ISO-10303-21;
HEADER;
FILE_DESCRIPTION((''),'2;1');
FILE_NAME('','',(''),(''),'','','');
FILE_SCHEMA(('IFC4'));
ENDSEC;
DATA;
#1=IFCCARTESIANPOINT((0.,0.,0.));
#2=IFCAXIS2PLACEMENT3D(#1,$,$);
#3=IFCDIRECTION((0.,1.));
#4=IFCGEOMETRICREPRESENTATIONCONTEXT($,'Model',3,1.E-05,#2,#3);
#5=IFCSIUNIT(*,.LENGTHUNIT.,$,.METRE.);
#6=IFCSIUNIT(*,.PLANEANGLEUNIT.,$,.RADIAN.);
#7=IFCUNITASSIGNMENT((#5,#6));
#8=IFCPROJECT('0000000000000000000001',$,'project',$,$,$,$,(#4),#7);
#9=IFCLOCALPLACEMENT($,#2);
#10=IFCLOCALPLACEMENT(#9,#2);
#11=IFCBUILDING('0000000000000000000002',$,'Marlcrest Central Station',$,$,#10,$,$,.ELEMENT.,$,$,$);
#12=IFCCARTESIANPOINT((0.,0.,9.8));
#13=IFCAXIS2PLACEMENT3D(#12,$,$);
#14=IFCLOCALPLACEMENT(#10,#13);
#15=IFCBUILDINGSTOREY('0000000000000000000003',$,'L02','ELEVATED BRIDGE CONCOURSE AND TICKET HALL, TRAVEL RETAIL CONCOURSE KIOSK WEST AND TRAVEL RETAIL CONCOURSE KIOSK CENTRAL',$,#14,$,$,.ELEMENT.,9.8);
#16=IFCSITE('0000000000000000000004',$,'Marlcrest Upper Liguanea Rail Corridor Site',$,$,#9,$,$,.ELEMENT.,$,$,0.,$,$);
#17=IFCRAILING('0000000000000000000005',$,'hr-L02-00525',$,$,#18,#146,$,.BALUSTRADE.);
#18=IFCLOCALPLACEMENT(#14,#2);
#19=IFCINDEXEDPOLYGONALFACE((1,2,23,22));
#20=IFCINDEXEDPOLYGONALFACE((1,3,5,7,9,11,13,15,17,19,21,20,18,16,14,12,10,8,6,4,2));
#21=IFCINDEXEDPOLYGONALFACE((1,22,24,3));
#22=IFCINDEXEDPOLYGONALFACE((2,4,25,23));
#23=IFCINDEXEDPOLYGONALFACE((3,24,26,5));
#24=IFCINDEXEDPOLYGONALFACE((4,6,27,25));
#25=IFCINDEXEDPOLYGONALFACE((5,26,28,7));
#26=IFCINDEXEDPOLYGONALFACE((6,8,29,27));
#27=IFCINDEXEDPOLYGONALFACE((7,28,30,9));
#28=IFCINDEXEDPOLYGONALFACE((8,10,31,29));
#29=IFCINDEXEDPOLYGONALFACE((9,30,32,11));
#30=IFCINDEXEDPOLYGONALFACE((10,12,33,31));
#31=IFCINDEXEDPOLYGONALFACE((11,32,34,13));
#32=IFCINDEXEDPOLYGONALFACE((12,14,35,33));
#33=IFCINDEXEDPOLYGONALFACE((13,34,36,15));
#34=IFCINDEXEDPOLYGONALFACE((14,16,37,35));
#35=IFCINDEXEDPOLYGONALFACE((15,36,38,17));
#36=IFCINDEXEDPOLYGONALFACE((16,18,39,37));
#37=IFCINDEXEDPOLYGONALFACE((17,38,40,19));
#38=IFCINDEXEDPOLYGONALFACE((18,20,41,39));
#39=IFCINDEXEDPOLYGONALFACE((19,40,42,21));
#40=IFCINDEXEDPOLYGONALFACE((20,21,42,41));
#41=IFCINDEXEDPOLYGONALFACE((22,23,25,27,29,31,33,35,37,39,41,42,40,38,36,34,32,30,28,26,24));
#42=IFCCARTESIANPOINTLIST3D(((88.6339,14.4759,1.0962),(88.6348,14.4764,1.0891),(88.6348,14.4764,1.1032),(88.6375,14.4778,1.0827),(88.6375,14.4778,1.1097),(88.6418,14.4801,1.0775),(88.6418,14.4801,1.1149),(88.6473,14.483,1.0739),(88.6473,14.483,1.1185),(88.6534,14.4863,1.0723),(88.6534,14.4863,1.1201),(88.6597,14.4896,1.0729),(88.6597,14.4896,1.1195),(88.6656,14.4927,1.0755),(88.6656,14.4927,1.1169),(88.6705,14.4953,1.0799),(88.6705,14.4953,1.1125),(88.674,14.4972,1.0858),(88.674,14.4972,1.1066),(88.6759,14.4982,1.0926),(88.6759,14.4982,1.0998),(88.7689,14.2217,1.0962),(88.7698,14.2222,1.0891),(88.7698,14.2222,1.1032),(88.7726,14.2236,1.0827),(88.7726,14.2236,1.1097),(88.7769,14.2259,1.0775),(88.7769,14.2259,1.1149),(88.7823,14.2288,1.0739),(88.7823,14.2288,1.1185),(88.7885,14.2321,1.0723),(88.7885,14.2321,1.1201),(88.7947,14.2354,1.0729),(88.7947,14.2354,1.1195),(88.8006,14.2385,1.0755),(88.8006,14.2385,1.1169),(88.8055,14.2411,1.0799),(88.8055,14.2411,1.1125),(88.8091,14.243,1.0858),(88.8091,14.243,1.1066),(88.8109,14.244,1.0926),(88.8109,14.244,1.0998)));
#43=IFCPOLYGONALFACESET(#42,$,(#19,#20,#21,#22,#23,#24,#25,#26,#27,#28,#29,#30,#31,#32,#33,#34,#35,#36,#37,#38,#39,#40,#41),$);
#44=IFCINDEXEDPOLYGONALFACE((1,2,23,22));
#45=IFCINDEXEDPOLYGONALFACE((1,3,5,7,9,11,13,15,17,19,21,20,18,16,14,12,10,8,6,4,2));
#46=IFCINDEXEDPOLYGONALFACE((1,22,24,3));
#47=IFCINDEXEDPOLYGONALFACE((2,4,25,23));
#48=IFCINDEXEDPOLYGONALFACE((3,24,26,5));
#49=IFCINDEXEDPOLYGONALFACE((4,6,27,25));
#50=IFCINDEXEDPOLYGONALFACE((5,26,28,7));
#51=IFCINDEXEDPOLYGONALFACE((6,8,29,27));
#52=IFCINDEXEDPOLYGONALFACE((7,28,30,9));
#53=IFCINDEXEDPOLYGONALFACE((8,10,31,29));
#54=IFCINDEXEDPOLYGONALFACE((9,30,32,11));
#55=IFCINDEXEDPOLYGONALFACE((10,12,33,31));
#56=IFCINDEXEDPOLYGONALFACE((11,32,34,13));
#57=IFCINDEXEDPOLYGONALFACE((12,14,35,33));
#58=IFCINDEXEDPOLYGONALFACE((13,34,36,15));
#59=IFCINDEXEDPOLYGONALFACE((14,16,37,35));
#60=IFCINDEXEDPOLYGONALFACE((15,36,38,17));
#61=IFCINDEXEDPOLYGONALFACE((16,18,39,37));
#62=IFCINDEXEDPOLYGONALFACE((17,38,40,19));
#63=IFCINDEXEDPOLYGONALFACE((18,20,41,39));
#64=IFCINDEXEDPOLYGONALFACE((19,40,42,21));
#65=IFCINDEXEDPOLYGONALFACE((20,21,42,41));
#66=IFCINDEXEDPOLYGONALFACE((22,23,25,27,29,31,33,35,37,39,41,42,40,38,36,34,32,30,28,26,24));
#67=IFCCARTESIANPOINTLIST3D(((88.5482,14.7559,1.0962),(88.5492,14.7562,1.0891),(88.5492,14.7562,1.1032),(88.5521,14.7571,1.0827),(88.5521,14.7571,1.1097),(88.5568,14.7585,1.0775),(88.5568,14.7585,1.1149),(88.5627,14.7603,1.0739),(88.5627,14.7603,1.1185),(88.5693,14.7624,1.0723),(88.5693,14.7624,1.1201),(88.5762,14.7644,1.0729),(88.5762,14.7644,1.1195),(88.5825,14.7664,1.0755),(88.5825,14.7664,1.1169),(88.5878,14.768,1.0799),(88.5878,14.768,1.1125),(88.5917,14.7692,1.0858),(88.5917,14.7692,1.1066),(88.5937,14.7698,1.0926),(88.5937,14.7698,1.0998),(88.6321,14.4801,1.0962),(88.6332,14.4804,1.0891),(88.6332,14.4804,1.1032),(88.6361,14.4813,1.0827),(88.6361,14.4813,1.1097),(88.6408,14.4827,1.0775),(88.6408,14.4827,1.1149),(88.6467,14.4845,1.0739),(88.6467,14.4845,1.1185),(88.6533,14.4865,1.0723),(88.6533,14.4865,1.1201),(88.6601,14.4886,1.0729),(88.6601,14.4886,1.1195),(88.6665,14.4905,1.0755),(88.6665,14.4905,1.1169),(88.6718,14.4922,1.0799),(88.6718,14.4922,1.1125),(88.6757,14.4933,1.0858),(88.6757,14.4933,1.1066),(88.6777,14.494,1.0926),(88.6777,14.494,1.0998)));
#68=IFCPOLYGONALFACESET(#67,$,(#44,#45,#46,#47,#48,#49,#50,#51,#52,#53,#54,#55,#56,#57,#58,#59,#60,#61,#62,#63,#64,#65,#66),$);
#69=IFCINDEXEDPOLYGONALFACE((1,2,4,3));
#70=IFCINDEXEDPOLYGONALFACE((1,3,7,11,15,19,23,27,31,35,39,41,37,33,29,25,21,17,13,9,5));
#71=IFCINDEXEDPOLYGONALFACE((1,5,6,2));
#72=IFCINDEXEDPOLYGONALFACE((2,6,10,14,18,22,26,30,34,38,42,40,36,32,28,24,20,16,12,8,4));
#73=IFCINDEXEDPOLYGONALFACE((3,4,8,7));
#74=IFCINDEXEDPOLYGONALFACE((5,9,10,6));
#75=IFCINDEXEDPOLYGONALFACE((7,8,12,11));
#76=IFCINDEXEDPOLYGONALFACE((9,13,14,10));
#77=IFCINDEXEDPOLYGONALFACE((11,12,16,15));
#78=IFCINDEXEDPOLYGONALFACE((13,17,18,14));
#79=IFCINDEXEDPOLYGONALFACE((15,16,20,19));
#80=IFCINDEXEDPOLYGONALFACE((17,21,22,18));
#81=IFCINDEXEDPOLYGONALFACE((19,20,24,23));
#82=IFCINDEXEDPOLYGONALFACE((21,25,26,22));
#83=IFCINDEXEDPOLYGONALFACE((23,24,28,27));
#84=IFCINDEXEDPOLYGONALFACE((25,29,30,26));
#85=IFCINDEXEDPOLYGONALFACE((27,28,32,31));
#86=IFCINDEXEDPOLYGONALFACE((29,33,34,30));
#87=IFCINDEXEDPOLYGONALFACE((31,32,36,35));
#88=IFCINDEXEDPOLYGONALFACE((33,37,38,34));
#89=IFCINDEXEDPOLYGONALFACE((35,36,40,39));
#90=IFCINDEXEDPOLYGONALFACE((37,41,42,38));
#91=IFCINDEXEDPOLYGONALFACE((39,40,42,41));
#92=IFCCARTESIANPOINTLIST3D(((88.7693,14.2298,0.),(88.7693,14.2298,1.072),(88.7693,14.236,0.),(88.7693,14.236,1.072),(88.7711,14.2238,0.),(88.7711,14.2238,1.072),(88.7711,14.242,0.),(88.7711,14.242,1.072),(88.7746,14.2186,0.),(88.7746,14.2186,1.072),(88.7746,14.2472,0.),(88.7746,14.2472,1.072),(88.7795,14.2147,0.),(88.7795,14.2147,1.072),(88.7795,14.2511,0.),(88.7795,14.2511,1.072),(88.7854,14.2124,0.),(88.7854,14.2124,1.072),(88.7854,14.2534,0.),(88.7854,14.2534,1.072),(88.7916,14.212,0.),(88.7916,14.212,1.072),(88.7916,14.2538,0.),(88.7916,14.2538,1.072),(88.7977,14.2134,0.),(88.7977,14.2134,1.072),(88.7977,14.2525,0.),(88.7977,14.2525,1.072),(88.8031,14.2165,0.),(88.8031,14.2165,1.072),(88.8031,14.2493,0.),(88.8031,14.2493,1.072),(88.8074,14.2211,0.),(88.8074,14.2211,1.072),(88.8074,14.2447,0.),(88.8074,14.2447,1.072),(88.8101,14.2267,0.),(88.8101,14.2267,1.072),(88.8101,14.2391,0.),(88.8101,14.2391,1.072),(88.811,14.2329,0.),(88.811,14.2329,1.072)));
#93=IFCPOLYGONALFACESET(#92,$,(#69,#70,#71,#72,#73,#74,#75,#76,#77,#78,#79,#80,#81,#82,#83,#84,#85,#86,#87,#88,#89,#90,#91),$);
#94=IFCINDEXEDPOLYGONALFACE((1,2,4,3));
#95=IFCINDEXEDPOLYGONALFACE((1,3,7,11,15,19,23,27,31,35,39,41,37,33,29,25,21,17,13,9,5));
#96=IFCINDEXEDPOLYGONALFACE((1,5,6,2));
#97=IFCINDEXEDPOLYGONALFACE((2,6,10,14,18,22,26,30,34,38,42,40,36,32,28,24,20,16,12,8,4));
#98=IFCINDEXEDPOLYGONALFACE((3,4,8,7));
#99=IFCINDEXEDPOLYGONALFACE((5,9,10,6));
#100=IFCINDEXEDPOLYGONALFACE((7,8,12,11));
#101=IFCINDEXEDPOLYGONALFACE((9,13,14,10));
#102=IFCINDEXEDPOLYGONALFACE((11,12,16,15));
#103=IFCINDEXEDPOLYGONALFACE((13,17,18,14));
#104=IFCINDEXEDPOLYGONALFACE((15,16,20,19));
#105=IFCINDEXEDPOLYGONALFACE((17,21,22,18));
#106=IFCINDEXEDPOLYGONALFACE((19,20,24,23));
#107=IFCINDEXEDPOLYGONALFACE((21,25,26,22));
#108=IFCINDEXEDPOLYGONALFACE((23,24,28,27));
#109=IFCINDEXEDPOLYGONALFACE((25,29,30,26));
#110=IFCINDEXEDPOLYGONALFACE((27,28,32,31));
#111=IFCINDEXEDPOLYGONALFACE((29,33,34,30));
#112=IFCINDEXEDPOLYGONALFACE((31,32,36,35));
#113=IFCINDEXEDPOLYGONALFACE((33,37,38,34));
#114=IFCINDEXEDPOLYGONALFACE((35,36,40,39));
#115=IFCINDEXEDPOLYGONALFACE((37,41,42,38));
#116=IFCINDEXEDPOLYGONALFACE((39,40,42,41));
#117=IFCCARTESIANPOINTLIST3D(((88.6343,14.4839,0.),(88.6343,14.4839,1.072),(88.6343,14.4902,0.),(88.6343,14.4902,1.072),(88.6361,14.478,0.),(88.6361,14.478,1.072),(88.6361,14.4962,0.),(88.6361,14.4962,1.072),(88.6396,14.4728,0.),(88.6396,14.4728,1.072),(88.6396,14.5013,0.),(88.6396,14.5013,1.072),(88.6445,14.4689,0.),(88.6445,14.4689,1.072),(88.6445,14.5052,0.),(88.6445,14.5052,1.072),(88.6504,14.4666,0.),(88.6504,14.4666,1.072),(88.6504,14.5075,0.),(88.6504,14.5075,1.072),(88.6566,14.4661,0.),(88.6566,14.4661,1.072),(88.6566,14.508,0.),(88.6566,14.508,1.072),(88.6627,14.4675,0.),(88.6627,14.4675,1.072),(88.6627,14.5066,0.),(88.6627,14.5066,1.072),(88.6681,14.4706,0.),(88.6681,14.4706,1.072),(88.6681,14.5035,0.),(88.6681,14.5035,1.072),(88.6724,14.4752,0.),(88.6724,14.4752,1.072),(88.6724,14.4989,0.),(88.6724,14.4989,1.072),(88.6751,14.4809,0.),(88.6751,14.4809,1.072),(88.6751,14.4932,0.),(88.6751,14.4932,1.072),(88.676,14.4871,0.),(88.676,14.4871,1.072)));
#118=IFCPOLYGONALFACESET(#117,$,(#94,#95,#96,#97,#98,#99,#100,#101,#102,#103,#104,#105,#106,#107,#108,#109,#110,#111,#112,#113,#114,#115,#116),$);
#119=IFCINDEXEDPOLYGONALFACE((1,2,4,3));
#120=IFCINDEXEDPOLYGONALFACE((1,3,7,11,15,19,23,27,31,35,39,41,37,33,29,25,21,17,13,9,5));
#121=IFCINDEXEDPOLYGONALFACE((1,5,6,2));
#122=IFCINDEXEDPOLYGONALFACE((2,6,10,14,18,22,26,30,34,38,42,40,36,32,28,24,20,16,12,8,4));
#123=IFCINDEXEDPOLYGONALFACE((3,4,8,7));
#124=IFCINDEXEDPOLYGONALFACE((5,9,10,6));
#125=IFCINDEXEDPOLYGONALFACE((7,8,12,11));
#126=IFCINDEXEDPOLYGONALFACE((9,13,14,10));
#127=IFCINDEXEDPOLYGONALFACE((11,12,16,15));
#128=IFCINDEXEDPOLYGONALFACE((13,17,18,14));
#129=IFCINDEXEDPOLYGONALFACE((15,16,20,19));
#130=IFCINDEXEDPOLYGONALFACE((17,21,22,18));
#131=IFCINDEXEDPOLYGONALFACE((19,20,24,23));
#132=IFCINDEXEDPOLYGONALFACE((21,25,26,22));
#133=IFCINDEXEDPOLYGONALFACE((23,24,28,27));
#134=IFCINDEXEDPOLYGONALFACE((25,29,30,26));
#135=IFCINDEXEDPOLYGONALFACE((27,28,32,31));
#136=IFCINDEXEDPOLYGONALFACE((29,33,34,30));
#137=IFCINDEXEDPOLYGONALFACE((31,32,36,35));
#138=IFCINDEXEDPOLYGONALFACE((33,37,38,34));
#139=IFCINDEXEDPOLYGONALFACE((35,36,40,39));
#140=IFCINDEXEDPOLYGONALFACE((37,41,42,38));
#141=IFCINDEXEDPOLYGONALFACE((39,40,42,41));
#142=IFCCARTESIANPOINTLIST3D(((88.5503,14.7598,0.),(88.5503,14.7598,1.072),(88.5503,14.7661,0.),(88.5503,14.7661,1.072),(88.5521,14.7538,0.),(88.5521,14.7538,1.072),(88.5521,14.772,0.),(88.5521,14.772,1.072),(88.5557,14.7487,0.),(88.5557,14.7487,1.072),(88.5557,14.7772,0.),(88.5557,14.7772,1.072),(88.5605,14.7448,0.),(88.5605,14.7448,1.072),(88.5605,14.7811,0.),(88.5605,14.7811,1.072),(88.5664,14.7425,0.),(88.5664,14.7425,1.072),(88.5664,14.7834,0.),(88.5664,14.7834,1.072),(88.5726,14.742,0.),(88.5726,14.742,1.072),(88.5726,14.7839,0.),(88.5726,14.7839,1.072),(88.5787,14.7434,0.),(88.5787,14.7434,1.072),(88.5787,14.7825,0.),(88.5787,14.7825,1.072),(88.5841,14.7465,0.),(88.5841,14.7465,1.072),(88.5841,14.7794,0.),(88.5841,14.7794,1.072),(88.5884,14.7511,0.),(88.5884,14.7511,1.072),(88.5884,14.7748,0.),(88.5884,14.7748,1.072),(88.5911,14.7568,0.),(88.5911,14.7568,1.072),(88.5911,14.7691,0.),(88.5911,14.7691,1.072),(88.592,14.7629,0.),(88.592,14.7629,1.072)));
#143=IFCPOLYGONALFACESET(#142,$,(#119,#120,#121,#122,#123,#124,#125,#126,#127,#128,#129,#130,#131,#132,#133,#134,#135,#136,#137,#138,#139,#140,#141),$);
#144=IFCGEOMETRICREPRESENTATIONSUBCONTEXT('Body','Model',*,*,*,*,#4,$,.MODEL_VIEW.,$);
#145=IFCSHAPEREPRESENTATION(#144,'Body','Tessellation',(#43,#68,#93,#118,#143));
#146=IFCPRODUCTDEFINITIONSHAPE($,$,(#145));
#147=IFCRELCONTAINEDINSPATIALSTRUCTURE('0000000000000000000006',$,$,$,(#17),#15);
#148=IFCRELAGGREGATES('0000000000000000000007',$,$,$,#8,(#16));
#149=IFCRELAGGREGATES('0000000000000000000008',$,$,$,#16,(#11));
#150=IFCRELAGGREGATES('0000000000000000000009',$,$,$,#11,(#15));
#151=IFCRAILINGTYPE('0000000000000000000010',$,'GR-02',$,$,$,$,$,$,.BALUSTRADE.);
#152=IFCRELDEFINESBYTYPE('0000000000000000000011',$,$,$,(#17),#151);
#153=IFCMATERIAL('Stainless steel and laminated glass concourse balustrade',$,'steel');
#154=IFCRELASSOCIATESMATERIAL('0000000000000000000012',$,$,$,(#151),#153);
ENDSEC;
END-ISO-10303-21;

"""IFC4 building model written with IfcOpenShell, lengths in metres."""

from ifc_helpers import new_model, si_unit, direction, frame, origin, origin_2d, place, context, subcontext, project, spatial, circle, extrude, material, type_object, element, save


model = new_model("IFC4")

# Units and contexts
model_context = context("Model", 3, precision=1e-05, world=origin(), true_north=direction((0.0, 1.0)))
body_context = subcontext(model_context, "Body", "Model", "MODEL_VIEW")
ifc_project = project(units=[si_unit("LENGTHUNIT", "METRE"), si_unit("PLANEANGLEUNIT", "RADIAN")], contexts=[model_context])

# Site, building, storey
site_placement = place(None, origin())
site = spatial("IfcSite", under=ifc_project, at=site_placement, Name="Marlcrest Upper Liguanea Rail Corridor Site", CompositionType="ELEMENT", RefElevation=0.0)
building_placement = place(site_placement, origin())
building = spatial("IfcBuilding", under=site, at=building_placement, Name="Marlcrest Central Station", CompositionType="ELEMENT")
storey_placement = place(building_placement, frame((0.0, 0.0, 9.8)))
storey = spatial("IfcBuildingStorey", under=building, at=storey_placement, Name="L02", Description="ELEVATED BRIDGE CONCOURSE AND TICKET HALL, TRAVEL RETAIL CONCOURSE KIOSK WEST AND TRAVEL RETAIL CONCOURSE KIOSK CENTRAL", CompositionType="ELEMENT", Elevation=9.8)

# Railing
ifc_material_1 = material(Name="Stainless steel and laminated glass concourse balustrade", Category="steel")
railing_type = type_object("IfcRailingType", Name="GR-02", PredefinedType="BALUSTRADE", material=ifc_material_1)
railing_1_placement = place(storey_placement, frame((88.79, 14.2329, 0.0)))
element("IfcRailing", 1, at=railing_1_placement, inside=storey, type_object=railing_type, Name="hr-L02-00525", PredefinedType="BALUSTRADE", context=body_context, shape_type="SweptSolid", body=[
    extrude(circle(Radius=0.0239, at=origin_2d()), frame((0.0, 0.0, 1.0962), z_axis=(-0.469135, 0.883127, 0.0), x_axis=(-0.883127, -0.469135, 0.0)), (0.0, 0.0, 1.0), 0.2878),
    extrude(circle(Radius=0.0239, at=origin_2d()), frame((-0.135, 0.2542, 1.0962), z_axis=(-0.291229, 0.956653, 0.0), x_axis=(-0.956653, -0.291229, 0.0)), (0.0, 0.0, 1.0), 0.2883),
    extrude(circle(Radius=0.021, at=origin_2d()), origin(), (0.0, 0.0, 1.0), 1.072),
    extrude(circle(Radius=0.021, at=origin_2d()), frame((-0.135, 0.2542, 0.0)), (0.0, 0.0, 1.0), 1.072),
    extrude(circle(Radius=0.021, at=origin_2d()), frame((-0.219, 0.53, 0.0)), (0.0, 0.0, 1.0), 1.072),
])

save(model, "model.ifc")
